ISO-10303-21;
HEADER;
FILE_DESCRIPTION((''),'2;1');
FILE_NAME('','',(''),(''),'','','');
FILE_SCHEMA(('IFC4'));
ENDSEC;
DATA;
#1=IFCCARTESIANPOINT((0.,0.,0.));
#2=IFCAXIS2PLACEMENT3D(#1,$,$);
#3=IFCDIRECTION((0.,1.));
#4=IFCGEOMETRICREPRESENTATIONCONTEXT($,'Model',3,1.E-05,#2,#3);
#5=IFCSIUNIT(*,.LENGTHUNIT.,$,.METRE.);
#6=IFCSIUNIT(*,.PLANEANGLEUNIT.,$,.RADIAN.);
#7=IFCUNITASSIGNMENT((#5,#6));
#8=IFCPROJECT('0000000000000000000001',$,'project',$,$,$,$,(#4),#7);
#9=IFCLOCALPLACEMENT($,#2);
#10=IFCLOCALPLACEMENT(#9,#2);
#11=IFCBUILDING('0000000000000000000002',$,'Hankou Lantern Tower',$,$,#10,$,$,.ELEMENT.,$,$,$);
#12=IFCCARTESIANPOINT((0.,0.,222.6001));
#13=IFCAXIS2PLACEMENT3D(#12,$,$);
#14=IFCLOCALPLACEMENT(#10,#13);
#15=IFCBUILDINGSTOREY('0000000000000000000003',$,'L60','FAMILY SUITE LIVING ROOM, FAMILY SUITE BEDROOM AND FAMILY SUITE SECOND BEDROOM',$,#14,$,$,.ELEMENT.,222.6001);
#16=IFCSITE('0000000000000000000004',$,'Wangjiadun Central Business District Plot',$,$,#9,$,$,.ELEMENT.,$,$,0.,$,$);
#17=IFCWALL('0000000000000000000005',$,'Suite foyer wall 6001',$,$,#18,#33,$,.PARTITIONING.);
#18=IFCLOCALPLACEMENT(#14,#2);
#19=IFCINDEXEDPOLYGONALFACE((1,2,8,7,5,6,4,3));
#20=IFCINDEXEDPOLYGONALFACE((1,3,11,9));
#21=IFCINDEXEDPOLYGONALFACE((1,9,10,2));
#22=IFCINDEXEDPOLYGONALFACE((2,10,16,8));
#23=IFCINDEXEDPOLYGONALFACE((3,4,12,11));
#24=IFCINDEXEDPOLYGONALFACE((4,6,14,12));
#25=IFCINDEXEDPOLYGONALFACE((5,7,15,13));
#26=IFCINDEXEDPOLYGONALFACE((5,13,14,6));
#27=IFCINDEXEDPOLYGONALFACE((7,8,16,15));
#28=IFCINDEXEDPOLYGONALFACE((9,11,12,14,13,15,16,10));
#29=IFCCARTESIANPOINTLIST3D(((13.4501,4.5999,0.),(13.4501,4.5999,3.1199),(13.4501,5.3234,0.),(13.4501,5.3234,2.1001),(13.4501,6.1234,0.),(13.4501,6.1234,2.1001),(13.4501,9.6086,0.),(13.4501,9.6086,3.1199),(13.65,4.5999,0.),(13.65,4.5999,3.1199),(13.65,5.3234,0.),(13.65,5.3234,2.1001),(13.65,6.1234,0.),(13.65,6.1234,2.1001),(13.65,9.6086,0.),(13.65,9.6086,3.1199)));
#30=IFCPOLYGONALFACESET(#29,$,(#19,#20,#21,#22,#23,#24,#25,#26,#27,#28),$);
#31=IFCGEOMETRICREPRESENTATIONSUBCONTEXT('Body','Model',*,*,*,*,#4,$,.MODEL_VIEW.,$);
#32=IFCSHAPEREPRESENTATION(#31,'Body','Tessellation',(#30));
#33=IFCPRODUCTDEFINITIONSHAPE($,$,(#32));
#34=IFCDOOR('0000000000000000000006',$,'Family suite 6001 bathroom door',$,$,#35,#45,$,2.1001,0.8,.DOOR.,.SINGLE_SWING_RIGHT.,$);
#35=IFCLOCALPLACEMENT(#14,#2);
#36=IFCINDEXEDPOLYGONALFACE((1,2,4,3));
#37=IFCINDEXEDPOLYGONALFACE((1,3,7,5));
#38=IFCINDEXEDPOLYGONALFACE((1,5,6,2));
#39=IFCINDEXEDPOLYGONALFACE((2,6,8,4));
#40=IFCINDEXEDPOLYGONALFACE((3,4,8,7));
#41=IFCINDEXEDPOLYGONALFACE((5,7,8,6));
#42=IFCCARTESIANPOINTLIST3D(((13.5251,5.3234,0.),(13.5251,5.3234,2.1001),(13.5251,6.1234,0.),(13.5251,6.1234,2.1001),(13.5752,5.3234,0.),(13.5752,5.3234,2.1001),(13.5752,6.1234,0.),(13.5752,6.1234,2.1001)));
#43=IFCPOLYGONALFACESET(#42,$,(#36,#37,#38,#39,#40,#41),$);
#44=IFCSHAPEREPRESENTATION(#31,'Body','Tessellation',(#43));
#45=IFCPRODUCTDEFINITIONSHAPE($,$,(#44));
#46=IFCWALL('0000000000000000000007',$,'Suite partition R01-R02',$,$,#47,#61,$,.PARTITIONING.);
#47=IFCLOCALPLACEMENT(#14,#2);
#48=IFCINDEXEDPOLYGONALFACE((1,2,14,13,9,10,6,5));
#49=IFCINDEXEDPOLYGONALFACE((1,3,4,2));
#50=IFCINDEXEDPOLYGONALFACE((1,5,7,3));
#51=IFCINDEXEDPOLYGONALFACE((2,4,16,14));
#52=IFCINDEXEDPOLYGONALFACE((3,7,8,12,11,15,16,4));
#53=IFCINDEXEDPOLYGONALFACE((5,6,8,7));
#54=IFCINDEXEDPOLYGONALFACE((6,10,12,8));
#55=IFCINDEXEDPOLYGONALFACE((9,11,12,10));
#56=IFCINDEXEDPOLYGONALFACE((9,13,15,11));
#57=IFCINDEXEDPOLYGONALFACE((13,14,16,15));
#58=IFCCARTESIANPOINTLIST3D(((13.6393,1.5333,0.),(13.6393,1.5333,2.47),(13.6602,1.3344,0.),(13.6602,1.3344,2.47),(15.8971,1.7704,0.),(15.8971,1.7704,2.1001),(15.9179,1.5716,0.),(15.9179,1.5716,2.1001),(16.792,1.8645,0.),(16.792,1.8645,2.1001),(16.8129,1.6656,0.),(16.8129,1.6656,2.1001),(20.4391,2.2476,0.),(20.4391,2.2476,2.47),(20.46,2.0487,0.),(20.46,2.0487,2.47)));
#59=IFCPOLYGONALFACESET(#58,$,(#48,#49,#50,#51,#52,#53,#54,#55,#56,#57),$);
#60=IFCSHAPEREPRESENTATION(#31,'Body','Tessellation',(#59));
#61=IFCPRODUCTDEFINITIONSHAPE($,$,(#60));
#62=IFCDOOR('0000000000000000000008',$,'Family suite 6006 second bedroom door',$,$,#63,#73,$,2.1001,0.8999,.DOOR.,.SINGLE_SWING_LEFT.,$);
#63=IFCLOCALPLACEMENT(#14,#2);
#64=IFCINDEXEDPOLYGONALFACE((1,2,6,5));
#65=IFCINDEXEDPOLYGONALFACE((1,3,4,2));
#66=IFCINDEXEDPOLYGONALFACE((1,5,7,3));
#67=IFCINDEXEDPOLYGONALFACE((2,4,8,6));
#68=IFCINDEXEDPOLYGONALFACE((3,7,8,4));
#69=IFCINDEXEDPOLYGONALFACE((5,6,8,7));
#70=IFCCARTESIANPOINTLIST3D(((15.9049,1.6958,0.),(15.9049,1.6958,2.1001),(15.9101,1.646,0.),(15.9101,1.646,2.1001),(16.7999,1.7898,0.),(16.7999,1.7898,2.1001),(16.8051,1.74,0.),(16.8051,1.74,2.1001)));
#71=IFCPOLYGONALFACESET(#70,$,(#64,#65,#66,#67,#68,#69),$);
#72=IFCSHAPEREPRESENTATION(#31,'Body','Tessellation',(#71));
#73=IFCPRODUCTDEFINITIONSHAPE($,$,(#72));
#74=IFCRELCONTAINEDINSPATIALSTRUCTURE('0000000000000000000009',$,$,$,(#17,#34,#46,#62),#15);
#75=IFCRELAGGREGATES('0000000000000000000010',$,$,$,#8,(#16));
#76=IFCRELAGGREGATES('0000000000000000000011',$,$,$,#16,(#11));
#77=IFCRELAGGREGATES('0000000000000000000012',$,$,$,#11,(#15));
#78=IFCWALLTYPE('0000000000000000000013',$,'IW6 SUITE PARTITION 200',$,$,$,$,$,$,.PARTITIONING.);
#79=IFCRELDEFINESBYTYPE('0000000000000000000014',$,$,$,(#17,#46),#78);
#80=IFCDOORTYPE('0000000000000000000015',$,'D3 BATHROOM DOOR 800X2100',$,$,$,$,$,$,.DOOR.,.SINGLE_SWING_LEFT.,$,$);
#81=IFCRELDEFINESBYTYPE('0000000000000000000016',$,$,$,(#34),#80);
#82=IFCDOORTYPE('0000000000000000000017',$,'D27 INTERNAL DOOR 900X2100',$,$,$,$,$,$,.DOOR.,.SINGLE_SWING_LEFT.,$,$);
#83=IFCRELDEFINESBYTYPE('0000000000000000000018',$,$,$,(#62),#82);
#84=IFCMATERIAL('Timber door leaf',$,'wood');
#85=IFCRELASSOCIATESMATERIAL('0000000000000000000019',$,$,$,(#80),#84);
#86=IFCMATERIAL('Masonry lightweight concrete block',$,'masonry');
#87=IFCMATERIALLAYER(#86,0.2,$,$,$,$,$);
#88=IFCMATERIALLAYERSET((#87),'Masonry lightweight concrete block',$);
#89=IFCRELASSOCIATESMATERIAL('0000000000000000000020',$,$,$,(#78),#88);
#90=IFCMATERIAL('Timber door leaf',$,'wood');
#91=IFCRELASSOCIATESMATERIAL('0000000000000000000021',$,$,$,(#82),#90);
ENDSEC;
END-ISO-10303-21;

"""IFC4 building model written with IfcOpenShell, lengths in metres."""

from ifc_helpers import new_model, si_unit, direction, frame, frame_2d, origin, place, context, subcontext, project, spatial, rectangle, extrude, material, layer, layer_set, type_object, element, fill, save


model = new_model("IFC4")

# Units and contexts
model_context = context("Model", 3, precision=1e-05, world=origin(), true_north=direction((0.0, 1.0)))
body_context = subcontext(model_context, "Body", "Model", "MODEL_VIEW")
ifc_project = project(units=[si_unit("LENGTHUNIT", "METRE"), si_unit("PLANEANGLEUNIT", "RADIAN")], contexts=[model_context])

# Site, building, storey
site_placement = place(None, origin())
site = spatial("IfcSite", under=ifc_project, at=site_placement, Name="Wangjiadun Central Business District Plot", CompositionType="ELEMENT", RefElevation=0.0)
building_placement = place(site_placement, origin())
building = spatial("IfcBuilding", under=site, at=building_placement, Name="Hankou Lantern Tower", CompositionType="ELEMENT")
storey_placement = place(building_placement, frame((0.0, 0.0, 222.6001)))
storey = spatial("IfcBuildingStorey", under=building, at=storey_placement, Name="L60", Description="FAMILY SUITE LIVING ROOM, FAMILY SUITE BEDROOM AND FAMILY SUITE SECOND BEDROOM", CompositionType="ELEMENT", Elevation=222.6001)

# Shared definitions
ifc_material_1 = material(Name="Timber door leaf", Category="wood")
door_type_1 = type_object("IfcDoorType", Name="D3 BATHROOM DOOR 800X2100", OperationType="SINGLE_SWING_LEFT", PredefinedType="DOOR", material=ifc_material_1)

# Walls, openings, doors
ifc_material_2 = material(Name="Masonry lightweight concrete block", Category="masonry")
ifc_layer_1 = layer(ifc_material_2, 0.2)
ifc_layer_set_1 = layer_set([ifc_layer_1], Name="Masonry lightweight concrete block")
wall_type_1 = type_object("IfcWallType", Name="IW6 SUITE PARTITION 200", PredefinedType="PARTITIONING", material=ifc_layer_set_1)
wall_1_placement = place(storey_placement, frame((13.55, 4.5999, 0.0), z_axis=(0.0, 0.0, 1.0), x_axis=(0.0, 1.0, 0.0)))
wall_1 = element("IfcWall", 1, at=wall_1_placement, inside=storey, type_object=wall_type_1, Name="Suite foyer wall 6001", PredefinedType="PARTITIONING", context=body_context, shape_type="SweptSolid", body=[
    extrude(rectangle(XDim=5.0088, YDim=0.2, at=frame_2d((2.5044, 0.0))), origin(), (0.0, 0.0, 1.0), 3.1199),
])
opening_1_placement = place(wall_1_placement, frame((0.7236, 0.0, 0.0)))
opening_1 = element("IfcOpeningElement", 2, at=opening_1_placement, cuts=wall_1, PredefinedType="OPENING", context=body_context, shape_type="SweptSolid", body=[
    extrude(rectangle(XDim=0.8, YDim=2.1001, at=frame_2d((0.3999, 1.05))), frame((0.0, 0.1099, 0.0), z_axis=(0.0, -1.0, 0.0), x_axis=(1.0, 0.0, 0.0)), (0.0, 0.0, 1.0), 0.22),
])
door_1_placement = place(opening_1_placement, origin())
door_1 = element("IfcDoor", 3, at=door_1_placement, inside=storey, type_object=door_type_1, Name="Family suite 6001 bathroom door", OperationType="SINGLE_SWING_RIGHT", OverallHeight=2.1001, OverallWidth=0.8, PredefinedType="DOOR", context=body_context, shape_type="SweptSolid", body=[
    extrude(rectangle(XDim=0.8, YDim=2.1001, at=frame_2d((0.3999, 1.05))), frame((0.0, 0.0249, 0.0), z_axis=(0.0, -1.0, 0.0), x_axis=(1.0, 0.0, 0.0)), (0.0, 0.0, 1.0), 0.05),
])
fill(opening_1, door_1)
wall_2_placement = place(storey_placement, frame((13.6499, 1.4338, 0.0), z_axis=(0.0, 0.0, 1.0), x_axis=(0.994527, 0.10448, 0.0)))
wall_2 = element("IfcWall", 4, at=wall_2_placement, inside=storey, type_object=wall_type_1, Name="Suite partition R01-R02", PredefinedType="PARTITIONING", context=body_context, shape_type="SweptSolid", body=[
    extrude(rectangle(XDim=6.8372, YDim=0.2, at=frame_2d((3.4185, 0.0))), origin(), (0.0, 0.0, 1.0), 2.47),
])
opening_2_placement = place(wall_2_placement, frame((2.27, 0.0, 0.0)))
opening_2 = element("IfcOpeningElement", 5, at=opening_2_placement, cuts=wall_2, PredefinedType="OPENING", context=body_context, shape_type="SweptSolid", body=[
    extrude(rectangle(XDim=0.8999, YDim=2.1001, at=frame_2d((0.45, 1.05))), frame((0.0, 0.1099, 0.0), z_axis=(0.0, -1.0, 0.0), x_axis=(1.0, 0.0, 0.0)), (0.0, 0.0, 1.0), 0.22),
])
ifc_material_3 = material(Name="Timber door leaf", Category="wood")
door_type_2 = type_object("IfcDoorType", Name="D27 INTERNAL DOOR 900X2100", OperationType="SINGLE_SWING_LEFT", PredefinedType="DOOR", material=ifc_material_3)
door_2_placement = place(opening_2_placement, origin())
door_2 = element("IfcDoor", 6, at=door_2_placement, inside=storey, type_object=door_type_2, Name="Family suite 6006 second bedroom door", OperationType="SINGLE_SWING_LEFT", OverallHeight=2.1001, OverallWidth=0.8999, PredefinedType="DOOR", context=body_context, shape_type="SweptSolid", body=[
    extrude(rectangle(XDim=0.8999, YDim=2.1001, at=frame_2d((0.45, 1.05))), frame((0.0, 0.0249, 0.0), z_axis=(0.0, -1.0, 0.0), x_axis=(1.0, 0.0, 0.0)), (0.0, 0.0, 1.0), 0.05),
])
fill(opening_2, door_2)

save(model, "model.ifc")
